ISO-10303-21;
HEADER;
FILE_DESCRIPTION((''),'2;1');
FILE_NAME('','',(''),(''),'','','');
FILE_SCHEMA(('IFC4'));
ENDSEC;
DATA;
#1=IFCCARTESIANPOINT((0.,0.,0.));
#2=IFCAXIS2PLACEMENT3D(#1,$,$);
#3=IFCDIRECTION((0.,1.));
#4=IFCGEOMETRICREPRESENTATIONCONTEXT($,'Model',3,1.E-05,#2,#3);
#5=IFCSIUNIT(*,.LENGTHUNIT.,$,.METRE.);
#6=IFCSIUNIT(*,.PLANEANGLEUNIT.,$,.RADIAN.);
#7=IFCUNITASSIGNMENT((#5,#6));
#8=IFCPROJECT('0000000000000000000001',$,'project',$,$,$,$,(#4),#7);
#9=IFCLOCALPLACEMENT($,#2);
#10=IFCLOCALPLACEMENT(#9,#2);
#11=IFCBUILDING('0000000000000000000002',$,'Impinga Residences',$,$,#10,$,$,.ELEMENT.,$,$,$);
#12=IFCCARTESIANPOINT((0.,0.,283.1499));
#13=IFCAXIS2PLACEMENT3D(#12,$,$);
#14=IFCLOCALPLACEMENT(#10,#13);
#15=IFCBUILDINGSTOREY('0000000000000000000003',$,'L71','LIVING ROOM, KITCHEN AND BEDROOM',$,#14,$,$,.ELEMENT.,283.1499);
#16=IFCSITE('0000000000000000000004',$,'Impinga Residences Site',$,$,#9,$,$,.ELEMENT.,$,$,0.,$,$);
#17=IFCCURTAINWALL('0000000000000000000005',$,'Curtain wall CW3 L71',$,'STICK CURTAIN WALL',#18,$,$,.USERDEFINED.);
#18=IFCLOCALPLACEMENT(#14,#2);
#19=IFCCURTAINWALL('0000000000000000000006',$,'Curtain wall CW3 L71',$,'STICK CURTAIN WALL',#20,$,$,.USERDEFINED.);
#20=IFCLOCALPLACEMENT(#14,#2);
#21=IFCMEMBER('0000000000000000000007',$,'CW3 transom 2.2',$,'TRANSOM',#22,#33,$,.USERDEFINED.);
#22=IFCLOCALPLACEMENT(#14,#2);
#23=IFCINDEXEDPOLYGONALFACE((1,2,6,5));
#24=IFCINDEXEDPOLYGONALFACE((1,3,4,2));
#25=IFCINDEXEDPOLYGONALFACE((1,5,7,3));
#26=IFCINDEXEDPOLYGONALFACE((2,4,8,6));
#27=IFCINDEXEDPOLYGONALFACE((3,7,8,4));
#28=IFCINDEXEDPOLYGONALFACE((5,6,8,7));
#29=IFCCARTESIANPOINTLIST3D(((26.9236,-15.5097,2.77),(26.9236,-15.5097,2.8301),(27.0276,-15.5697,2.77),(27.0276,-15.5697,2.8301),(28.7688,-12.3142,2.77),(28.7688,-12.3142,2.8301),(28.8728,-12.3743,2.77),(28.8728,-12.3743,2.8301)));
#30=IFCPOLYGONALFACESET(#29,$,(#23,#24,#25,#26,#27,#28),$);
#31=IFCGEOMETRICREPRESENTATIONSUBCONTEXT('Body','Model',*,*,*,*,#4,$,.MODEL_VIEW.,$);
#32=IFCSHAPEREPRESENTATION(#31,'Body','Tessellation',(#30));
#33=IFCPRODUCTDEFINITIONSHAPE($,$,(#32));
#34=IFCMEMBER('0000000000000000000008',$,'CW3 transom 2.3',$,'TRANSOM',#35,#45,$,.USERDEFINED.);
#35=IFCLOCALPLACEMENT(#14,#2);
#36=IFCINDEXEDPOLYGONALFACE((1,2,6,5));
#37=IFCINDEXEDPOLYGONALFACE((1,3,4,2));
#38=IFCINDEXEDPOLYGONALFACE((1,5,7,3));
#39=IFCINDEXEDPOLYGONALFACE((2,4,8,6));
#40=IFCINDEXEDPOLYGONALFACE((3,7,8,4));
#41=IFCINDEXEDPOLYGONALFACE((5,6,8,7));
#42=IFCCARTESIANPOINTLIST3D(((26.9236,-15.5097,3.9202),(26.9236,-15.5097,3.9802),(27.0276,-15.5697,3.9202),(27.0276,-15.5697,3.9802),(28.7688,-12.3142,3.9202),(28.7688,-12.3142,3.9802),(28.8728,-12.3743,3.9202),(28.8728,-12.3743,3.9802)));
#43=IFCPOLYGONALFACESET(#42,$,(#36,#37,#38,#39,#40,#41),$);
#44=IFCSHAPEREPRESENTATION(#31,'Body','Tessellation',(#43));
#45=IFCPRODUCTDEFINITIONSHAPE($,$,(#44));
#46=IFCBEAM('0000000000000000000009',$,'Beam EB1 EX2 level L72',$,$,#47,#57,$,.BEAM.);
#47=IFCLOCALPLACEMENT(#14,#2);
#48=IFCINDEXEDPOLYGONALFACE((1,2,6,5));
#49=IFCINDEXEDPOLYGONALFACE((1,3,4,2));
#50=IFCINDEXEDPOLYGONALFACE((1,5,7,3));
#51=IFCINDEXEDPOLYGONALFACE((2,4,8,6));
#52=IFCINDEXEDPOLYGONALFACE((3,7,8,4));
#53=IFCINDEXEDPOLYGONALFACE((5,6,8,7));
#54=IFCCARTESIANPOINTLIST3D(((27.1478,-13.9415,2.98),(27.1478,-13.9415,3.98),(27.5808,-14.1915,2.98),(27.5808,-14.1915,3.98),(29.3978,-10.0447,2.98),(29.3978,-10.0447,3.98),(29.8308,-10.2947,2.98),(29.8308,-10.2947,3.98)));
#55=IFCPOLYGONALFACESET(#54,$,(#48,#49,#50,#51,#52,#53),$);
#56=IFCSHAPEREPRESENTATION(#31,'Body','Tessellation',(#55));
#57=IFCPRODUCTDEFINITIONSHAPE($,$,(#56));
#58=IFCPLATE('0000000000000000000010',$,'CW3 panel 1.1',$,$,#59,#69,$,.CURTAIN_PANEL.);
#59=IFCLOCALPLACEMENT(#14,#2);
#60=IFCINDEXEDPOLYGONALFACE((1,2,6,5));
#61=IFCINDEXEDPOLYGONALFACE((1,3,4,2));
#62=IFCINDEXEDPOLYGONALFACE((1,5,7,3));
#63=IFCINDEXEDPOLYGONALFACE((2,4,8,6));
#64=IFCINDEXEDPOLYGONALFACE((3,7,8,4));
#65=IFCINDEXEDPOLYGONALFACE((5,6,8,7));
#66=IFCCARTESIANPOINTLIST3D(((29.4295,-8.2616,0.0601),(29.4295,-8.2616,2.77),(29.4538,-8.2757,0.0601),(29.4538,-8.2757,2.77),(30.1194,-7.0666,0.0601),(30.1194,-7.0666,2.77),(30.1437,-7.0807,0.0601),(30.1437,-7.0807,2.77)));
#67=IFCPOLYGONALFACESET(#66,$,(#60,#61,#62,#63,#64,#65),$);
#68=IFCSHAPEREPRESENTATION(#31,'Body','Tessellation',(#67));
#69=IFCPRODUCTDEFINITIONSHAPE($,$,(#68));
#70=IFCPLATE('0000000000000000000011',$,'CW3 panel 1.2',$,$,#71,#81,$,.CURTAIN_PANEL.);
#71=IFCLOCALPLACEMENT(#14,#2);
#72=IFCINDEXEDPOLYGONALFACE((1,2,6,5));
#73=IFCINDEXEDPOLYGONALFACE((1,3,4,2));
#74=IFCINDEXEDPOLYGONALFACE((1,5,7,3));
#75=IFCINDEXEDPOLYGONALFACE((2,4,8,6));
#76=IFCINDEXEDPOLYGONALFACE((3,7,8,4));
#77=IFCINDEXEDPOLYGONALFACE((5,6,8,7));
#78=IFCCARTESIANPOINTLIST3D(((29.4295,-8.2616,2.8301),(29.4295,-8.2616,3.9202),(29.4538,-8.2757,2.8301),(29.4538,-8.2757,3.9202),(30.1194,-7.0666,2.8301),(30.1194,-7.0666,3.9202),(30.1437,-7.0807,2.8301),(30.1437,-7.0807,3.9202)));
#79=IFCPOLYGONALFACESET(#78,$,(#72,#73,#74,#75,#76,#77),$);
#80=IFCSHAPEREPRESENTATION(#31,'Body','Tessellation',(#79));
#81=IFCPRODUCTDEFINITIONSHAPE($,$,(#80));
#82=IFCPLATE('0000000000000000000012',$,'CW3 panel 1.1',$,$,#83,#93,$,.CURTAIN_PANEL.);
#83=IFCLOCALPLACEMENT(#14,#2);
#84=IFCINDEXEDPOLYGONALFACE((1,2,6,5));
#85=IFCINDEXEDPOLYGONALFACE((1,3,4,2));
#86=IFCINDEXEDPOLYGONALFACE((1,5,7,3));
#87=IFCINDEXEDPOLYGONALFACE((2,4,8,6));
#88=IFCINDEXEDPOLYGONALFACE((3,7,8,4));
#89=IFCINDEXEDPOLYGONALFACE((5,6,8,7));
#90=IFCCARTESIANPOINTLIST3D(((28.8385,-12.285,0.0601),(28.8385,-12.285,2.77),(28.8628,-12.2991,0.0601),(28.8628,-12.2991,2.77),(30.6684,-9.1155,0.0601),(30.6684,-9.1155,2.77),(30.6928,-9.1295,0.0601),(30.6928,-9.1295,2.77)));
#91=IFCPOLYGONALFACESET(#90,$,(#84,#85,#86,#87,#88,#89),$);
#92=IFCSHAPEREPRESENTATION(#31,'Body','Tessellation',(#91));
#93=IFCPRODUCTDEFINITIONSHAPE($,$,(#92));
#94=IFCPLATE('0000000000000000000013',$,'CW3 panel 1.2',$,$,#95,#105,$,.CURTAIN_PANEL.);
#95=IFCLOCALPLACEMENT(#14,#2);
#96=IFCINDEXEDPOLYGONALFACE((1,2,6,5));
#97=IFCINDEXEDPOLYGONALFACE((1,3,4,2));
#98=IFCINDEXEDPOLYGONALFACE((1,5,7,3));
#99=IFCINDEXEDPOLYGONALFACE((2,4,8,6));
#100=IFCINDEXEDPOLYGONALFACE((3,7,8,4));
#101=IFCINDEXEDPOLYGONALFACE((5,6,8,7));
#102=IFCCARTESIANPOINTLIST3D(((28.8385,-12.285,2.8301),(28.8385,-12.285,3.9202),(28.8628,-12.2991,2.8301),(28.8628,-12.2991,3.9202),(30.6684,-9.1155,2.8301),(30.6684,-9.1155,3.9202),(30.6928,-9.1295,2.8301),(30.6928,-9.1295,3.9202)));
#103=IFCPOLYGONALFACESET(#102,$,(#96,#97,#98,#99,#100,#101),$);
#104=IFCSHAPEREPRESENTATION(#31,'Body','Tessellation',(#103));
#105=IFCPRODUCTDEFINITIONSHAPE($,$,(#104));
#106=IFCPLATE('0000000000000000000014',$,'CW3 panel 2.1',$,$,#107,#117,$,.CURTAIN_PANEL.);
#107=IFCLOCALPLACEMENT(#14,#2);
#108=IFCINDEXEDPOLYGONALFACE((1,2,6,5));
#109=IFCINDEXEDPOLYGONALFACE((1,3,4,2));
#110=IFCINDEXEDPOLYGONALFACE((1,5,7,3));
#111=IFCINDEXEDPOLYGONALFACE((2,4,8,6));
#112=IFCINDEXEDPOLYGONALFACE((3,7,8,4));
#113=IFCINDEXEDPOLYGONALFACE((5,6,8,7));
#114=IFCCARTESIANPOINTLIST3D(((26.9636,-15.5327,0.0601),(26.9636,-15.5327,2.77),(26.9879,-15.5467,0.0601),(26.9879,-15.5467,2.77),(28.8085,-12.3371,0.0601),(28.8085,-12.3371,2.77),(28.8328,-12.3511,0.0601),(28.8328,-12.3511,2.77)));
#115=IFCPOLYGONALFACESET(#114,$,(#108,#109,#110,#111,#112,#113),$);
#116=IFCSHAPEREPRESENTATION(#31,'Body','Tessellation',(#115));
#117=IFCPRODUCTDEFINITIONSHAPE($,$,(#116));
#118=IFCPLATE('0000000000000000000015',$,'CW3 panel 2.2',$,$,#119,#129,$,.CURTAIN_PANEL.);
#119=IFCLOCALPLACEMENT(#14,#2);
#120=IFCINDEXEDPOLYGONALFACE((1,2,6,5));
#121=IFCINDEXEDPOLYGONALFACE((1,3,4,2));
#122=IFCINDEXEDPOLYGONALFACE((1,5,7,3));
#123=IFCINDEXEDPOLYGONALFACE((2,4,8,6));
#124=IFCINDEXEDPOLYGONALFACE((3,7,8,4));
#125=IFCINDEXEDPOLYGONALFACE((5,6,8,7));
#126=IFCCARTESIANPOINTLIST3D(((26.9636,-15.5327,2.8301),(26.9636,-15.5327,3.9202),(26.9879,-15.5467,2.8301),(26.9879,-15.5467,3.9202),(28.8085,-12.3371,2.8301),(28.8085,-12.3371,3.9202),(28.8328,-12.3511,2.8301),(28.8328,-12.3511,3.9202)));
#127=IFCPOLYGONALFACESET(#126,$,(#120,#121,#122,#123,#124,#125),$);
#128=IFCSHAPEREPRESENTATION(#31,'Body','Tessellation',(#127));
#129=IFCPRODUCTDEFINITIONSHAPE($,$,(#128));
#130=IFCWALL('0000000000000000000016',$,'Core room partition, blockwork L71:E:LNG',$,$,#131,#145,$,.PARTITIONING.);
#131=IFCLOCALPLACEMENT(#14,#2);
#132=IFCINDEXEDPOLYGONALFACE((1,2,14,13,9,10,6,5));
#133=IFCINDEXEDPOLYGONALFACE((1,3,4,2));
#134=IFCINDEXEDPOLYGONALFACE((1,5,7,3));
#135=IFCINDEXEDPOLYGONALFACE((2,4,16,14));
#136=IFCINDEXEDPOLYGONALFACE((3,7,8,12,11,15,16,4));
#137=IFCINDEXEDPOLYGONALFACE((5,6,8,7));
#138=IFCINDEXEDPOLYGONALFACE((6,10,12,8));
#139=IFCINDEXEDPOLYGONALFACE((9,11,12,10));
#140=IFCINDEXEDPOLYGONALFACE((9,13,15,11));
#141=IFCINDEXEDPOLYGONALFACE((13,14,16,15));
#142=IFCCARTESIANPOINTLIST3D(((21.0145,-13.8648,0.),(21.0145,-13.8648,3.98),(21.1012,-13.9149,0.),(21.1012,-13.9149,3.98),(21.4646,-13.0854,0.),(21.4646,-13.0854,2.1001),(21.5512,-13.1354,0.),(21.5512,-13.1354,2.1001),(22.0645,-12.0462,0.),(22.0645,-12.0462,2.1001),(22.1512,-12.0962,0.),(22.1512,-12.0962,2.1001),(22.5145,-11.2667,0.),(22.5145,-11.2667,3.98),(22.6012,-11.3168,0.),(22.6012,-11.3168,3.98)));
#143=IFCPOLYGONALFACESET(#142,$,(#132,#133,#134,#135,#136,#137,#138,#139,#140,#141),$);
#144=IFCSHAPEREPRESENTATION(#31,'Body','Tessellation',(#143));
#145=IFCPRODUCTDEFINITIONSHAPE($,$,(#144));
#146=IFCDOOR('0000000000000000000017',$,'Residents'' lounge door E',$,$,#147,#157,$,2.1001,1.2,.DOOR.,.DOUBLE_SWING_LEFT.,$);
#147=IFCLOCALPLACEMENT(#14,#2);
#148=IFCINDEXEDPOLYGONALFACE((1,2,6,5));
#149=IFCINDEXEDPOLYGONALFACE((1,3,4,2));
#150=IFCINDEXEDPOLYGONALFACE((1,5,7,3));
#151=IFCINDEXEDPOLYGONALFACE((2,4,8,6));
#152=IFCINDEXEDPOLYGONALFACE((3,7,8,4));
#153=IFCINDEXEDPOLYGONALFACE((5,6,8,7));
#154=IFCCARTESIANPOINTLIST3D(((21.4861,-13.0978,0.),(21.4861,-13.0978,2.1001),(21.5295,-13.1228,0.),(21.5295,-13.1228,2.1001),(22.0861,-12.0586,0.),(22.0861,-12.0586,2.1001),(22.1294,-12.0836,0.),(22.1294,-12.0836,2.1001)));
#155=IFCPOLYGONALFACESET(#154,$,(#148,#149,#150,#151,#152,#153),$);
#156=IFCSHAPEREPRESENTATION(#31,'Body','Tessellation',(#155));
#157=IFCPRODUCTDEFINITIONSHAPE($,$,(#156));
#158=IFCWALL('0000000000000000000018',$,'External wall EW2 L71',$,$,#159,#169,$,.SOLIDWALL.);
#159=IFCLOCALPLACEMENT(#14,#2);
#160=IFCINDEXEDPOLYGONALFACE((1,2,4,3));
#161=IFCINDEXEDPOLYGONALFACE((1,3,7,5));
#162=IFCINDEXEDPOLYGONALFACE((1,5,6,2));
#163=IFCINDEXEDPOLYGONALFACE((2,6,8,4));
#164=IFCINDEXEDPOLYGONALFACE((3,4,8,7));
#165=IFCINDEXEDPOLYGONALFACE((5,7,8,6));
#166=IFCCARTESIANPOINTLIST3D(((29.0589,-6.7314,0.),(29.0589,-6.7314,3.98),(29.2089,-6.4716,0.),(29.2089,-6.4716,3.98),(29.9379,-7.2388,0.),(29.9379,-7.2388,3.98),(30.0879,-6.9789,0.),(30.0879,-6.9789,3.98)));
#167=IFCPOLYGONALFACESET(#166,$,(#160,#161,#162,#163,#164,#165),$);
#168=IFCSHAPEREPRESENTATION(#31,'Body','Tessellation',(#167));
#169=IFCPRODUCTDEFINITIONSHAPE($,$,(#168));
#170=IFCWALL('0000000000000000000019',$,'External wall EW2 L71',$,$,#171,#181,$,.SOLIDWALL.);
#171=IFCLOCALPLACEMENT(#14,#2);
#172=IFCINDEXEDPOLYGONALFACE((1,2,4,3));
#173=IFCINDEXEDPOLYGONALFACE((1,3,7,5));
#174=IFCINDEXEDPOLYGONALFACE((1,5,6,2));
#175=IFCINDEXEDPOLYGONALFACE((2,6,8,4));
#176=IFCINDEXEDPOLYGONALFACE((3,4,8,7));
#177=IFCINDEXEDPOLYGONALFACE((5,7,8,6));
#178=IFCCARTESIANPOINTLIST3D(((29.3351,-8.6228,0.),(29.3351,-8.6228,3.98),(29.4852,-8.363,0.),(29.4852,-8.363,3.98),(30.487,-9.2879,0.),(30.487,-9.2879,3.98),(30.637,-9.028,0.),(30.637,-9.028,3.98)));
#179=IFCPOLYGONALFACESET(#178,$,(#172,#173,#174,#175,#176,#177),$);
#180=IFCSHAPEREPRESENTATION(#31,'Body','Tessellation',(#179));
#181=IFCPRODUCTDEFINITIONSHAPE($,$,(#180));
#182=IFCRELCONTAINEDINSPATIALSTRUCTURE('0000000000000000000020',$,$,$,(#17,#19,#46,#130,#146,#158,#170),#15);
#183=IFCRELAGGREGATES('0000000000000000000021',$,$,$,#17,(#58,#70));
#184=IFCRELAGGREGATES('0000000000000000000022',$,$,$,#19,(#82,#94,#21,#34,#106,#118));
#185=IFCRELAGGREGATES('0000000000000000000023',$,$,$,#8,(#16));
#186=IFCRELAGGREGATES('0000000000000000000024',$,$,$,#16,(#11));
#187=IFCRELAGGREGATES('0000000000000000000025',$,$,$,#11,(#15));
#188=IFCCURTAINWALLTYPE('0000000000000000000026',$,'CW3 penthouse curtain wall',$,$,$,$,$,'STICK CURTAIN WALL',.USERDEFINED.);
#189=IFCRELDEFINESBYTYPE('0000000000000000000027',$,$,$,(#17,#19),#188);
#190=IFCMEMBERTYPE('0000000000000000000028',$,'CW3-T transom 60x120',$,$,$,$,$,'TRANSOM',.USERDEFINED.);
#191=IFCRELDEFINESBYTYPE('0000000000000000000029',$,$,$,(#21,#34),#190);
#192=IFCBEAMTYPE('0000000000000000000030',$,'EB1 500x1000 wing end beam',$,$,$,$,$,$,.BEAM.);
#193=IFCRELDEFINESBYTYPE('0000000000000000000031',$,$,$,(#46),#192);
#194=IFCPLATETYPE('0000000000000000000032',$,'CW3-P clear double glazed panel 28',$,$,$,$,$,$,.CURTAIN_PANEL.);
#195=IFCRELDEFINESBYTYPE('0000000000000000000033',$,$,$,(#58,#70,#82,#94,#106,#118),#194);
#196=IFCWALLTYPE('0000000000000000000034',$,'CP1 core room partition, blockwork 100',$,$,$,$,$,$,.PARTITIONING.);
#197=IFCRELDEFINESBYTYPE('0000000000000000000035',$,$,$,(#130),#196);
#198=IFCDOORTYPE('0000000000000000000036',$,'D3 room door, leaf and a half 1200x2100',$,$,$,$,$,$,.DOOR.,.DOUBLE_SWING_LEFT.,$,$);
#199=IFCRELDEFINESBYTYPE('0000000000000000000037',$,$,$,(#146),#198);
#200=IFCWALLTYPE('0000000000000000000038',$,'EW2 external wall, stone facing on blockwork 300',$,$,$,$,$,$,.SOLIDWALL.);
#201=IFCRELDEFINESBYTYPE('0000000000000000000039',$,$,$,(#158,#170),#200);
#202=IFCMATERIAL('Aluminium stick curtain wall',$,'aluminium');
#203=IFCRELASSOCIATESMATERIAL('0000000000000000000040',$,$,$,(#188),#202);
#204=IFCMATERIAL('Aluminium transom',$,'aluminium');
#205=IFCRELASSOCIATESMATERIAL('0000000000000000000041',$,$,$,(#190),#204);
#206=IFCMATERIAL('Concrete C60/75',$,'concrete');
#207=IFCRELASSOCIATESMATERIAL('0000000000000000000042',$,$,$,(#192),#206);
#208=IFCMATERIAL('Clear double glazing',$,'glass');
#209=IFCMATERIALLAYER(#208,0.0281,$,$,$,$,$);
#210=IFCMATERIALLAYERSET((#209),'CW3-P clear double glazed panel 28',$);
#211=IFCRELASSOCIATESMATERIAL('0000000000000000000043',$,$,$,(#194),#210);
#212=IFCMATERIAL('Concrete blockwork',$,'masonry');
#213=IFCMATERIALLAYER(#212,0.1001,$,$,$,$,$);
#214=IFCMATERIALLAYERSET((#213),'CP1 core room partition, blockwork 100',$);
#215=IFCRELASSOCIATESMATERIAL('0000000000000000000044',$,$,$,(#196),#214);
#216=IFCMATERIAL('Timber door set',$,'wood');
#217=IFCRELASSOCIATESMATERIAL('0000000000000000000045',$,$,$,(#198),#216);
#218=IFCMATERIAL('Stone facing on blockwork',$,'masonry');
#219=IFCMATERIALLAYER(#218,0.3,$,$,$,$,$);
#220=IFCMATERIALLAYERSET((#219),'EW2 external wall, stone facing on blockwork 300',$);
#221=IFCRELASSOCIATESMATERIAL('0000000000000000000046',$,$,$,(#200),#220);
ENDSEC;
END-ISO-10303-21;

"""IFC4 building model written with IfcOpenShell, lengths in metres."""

from ifc_helpers import new_model, si_unit, direction, frame, frame_2d, origin, origin_2d, place, context, subcontext, project, spatial, rectangle, extrude, material, layer, layer_set, material_profile, profile_set, type_object, element, fill, aggregate, save


model = new_model("IFC4")

# Units and contexts
model_context = context("Model", 3, precision=1e-05, world=origin(), true_north=direction((0.0, 1.0)))
body_context = subcontext(model_context, "Body", "Model", "MODEL_VIEW")
ifc_project = project(units=[si_unit("LENGTHUNIT", "METRE"), si_unit("PLANEANGLEUNIT", "RADIAN")], contexts=[model_context])

# Site, building, storey
site_placement = place(None, origin())
site = spatial("IfcSite", under=ifc_project, at=site_placement, Name="Impinga Residences Site", CompositionType="ELEMENT", RefElevation=0.0)
building_placement = place(site_placement, origin())
building = spatial("IfcBuilding", under=site, at=building_placement, Name="Impinga Residences", CompositionType="ELEMENT")
storey_placement = place(building_placement, frame((0.0, 0.0, 283.1499)))
storey = spatial("IfcBuildingStorey", under=building, at=storey_placement, Name="L71", Description="LIVING ROOM, KITCHEN AND BEDROOM", CompositionType="ELEMENT", Elevation=283.1499)

# Shared definitions
ifc_material_1 = material(Name="Concrete C60/75", Category="concrete")

# Curtain walls
ifc_material_2 = material(Name="Aluminium stick curtain wall", Category="aluminium")
curtain_wall_type = type_object("IfcCurtainWallType", Name="CW3 penthouse curtain wall", ElementType="STICK CURTAIN WALL", PredefinedType="USERDEFINED", material=ifc_material_2)
curtain_wall_1_placement = place(storey_placement, origin())
curtain_wall_1 = element("IfcCurtainWall", 1, at=curtain_wall_1_placement, inside=storey, type_object=curtain_wall_type, Name="Curtain wall CW3 L71", ObjectType="STICK CURTAIN WALL", PredefinedType="USERDEFINED")
curtain_wall_2_placement = place(storey_placement, origin())
curtain_wall_2 = element("IfcCurtainWall", 2, at=curtain_wall_2_placement, inside=storey, type_object=curtain_wall_type, Name="Curtain wall CW3 L71", ObjectType="STICK CURTAIN WALL", PredefinedType="USERDEFINED")

# Members
ifc_material_3 = material(Name="Aluminium transom", Category="aluminium")
ifc_material_profile_1 = material_profile(ifc_material_3, rectangle(XDim=0.0601, YDim=0.1201, at=origin_2d()), Name="60x120 transom")
ifc_profile_set_1 = profile_set([ifc_material_profile_1], Name="Aluminium transom")
member_type_1 = type_object("IfcMemberType", Name="CW3-T transom 60x120", ElementType="TRANSOM", PredefinedType="USERDEFINED", material=ifc_profile_set_1)
member_1_placement = place(storey_placement, frame((28.8208, -12.3442, 2.8), z_axis=(-0.500053, -0.865995, 0.0), x_axis=(0.0, 0.0, 1.0)))
member_1 = element("IfcMember", 3, at=member_1_placement, type_object=member_type_1, Name="CW3 transom 2.2", ObjectType="TRANSOM", PredefinedType="USERDEFINED", context=body_context, shape_type="SweptSolid", body=[
    extrude(rectangle(XDim=0.0601, YDim=0.1201, at=origin_2d()), origin(), (0.0, 0.0, 1.0), 3.6899),
])
member_2_placement = place(storey_placement, frame((28.8208, -12.3442, 3.9502), z_axis=(-0.500053, -0.865995, 0.0), x_axis=(0.0, 0.0, 1.0)))
member_2 = element("IfcMember", 4, at=member_2_placement, type_object=member_type_1, Name="CW3 transom 2.3", ObjectType="TRANSOM", PredefinedType="USERDEFINED", context=body_context, shape_type="SweptSolid", body=[
    extrude(rectangle(XDim=0.0601, YDim=0.1201, at=origin_2d()), origin(), (0.0, 0.0, 1.0), 3.6899),
])

# Beam
ifc_material_profile_2 = material_profile(ifc_material_1, rectangle(XDim=0.5, YDim=1.0, at=origin_2d()), Name="RC 500x1000")
ifc_profile_set_2 = profile_set([ifc_material_profile_2], Name="Concrete C60/75")
beam_type_1 = type_object("IfcBeamType", Name="EB1 500x1000 wing end beam", PredefinedType="BEAM", material=ifc_profile_set_2)
beam_1_placement = place(storey_placement, frame((29.6143, -10.1697, 3.48), z_axis=(-0.500014, -0.866018, 0.0), x_axis=(0.866018, -0.500014, 0.0)))
element("IfcBeam", 5, at=beam_1_placement, inside=storey, type_object=beam_type_1, Name="Beam EB1 EX2 level L72", PredefinedType="BEAM", context=body_context, shape_type="SweptSolid", body=[
    extrude(rectangle(XDim=0.5, YDim=1.0, at=origin_2d()), origin(), (0.0, 0.0, 1.0), 4.4998),
])

# Plates
ifc_material_4 = material(Name="Clear double glazing", Category="glass")
ifc_layer_1 = layer(ifc_material_4, 0.0281)
ifc_layer_set_1 = layer_set([ifc_layer_1], Name="CW3-P clear double glazed panel 28")
plate_type = type_object("IfcPlateType", Name="CW3-P clear double glazed panel 28", PredefinedType="CURTAIN_PANEL", material=ifc_layer_set_1)
plate_1_placement = place(storey_placement, frame((29.7866, -7.6711, 0.0601), z_axis=(0.0, 0.0, 1.0), x_axis=(-0.5, -0.866025, 0.0)))
plate_1 = element("IfcPlate", 6, at=plate_1_placement, type_object=plate_type, Name="CW3 panel 1.1", PredefinedType="CURTAIN_PANEL", context=body_context, shape_type="SweptSolid", body=[
    extrude(rectangle(XDim=1.3799, YDim=0.0281, at=origin_2d()), origin(), (0.0, 0.0, 1.0), 2.71),
])
plate_2_placement = place(storey_placement, frame((29.7866, -7.6711, 2.8301), z_axis=(0.0, 0.0, 1.0), x_axis=(-0.5, -0.866025, 0.0)))
plate_2 = element("IfcPlate", 7, at=plate_2_placement, type_object=plate_type, Name="CW3 panel 1.2", PredefinedType="CURTAIN_PANEL", context=body_context, shape_type="SweptSolid", body=[
    extrude(rectangle(XDim=1.3799, YDim=0.0281, at=origin_2d()), origin(), (0.0, 0.0, 1.0), 1.0901),
])
aggregate(curtain_wall_1, [plate_1, plate_2])
plate_3_placement = place(storey_placement, frame((29.7656, -10.7073, 0.0601), z_axis=(0.0, 0.0, 1.0), x_axis=(-0.5, -0.866025, 0.0)))
plate_3 = element("IfcPlate", 8, at=plate_3_placement, type_object=plate_type, Name="CW3 panel 1.1", PredefinedType="CURTAIN_PANEL", context=body_context, shape_type="SweptSolid", body=[
    extrude(rectangle(XDim=3.6599, YDim=0.0281, at=origin_2d()), origin(), (0.0, 0.0, 1.0), 2.71),
])
plate_4_placement = place(storey_placement, frame((29.7656, -10.7073, 2.8301), z_axis=(0.0, 0.0, 1.0), x_axis=(-0.5, -0.866025, 0.0)))
plate_4 = element("IfcPlate", 9, at=plate_4_placement, type_object=plate_type, Name="CW3 panel 1.2", PredefinedType="CURTAIN_PANEL", context=body_context, shape_type="SweptSolid", body=[
    extrude(rectangle(XDim=3.6599, YDim=0.0281, at=origin_2d()), origin(), (0.0, 0.0, 1.0), 1.0901),
])
plate_5_placement = place(storey_placement, frame((27.8982, -13.9419, 0.0601), z_axis=(0.0, 0.0, 1.0), x_axis=(-0.5, -0.866025, 0.0)))
plate_5 = element("IfcPlate", 10, at=plate_5_placement, type_object=plate_type, Name="CW3 panel 2.1", PredefinedType="CURTAIN_PANEL", context=body_context, shape_type="SweptSolid", body=[
    extrude(rectangle(XDim=3.6899, YDim=0.0281, at=origin_2d()), origin(), (0.0, 0.0, 1.0), 2.71),
])
plate_6_placement = place(storey_placement, frame((27.8982, -13.9419, 2.8301), z_axis=(0.0, 0.0, 1.0), x_axis=(-0.5, -0.866025, 0.0)))
plate_6 = element("IfcPlate", 11, at=plate_6_placement, type_object=plate_type, Name="CW3 panel 2.2", PredefinedType="CURTAIN_PANEL", context=body_context, shape_type="SweptSolid", body=[
    extrude(rectangle(XDim=3.6899, YDim=0.0281, at=origin_2d()), origin(), (0.0, 0.0, 1.0), 1.0901),
])
aggregate(curtain_wall_2, [plate_3, plate_4, member_1, member_2, plate_5, plate_6])

# Wall, opening, door
ifc_material_5 = material(Name="Concrete blockwork", Category="masonry")
ifc_layer_2 = layer(ifc_material_5, 0.1001)
ifc_layer_set_2 = layer_set([ifc_layer_2], Name="CP1 core room partition, blockwork 100")
wall_type_1 = type_object("IfcWallType", Name="CP1 core room partition, blockwork 100", PredefinedType="PARTITIONING", material=ifc_layer_set_2)
wall_1_placement = place(storey_placement, frame((22.5579, -11.2917, 0.0), z_axis=(0.0, 0.0, 1.0), x_axis=(-0.49999, -0.866031, 0.0)))
wall_1 = element("IfcWall", 12, at=wall_1_placement, inside=storey, type_object=wall_type_1, Name="Core room partition, blockwork L71:E:LNG", PredefinedType="PARTITIONING", context=body_context, shape_type="SweptSolid", body=[
    extrude(rectangle(XDim=3.0, YDim=0.1001, at=frame_2d((1.5, 0.0))), origin(), (0.0, 0.0, 1.0), 3.98),
])
opening_placement = place(wall_1_placement, frame((0.8999, 0.0, 0.0)))
opening = element("IfcOpeningElement", 13, at=opening_placement, cuts=wall_1, PredefinedType="OPENING", context=body_context, shape_type="SweptSolid", body=[
    extrude(rectangle(XDim=1.2, YDim=2.1001, at=frame_2d((0.6001, 1.05))), frame((0.0, 0.0601, 0.0), z_axis=(0.0, -1.0, 0.0), x_axis=(1.0, 0.0, 0.0)), (0.0, 0.0, 1.0), 0.1201),
])
ifc_material_6 = material(Name="Timber door set", Category="wood")
door_type = type_object("IfcDoorType", Name="D3 room door, leaf and a half 1200x2100", OperationType="DOUBLE_SWING_LEFT", PredefinedType="DOOR", material=ifc_material_6)
door_placement = place(opening_placement, origin())
door = element("IfcDoor", 14, at=door_placement, inside=storey, type_object=door_type, Name="Residents' lounge door E", OperationType="DOUBLE_SWING_LEFT", OverallHeight=2.1001, OverallWidth=1.2, PredefinedType="DOOR", context=body_context, shape_type="SweptSolid", body=[
    extrude(rectangle(XDim=1.2, YDim=2.1001, at=frame_2d((0.6001, 1.05))), frame((0.0, 0.0249, 0.0), z_axis=(0.0, -1.0, 0.0), x_axis=(1.0, 0.0, 0.0)), (0.0, 0.0, 1.0), 0.05),
])
fill(opening, door)

# Walls
ifc_material_7 = material(Name="Stone facing on blockwork", Category="masonry")
ifc_layer_3 = layer(ifc_material_7, 0.3)
ifc_layer_set_3 = layer_set([ifc_layer_3], Name="EW2 external wall, stone facing on blockwork 300")
wall_type_2 = type_object("IfcWallType", Name="EW2 external wall, stone facing on blockwork 300", PredefinedType="SOLIDWALL", material=ifc_layer_set_3)
wall_2_placement = place(storey_placement, frame((29.134, -6.6016, 0.0), z_axis=(0.0, 0.0, 1.0), x_axis=(0.866073, -0.499917, 0.0)))
element("IfcWall", 15, at=wall_2_placement, inside=storey, type_object=wall_type_2, Name="External wall EW2 L71", PredefinedType="SOLIDWALL", context=body_context, shape_type="SweptSolid", body=[
    extrude(rectangle(XDim=1.0149, YDim=0.3, at=frame_2d((0.5073, 0.0))), origin(), (0.0, 0.0, 1.0), 3.98),
])
wall_3_placement = place(storey_placement, frame((29.4102, -8.4929, 0.0), z_axis=(0.0, 0.0, 1.0), x_axis=(0.866021, -0.500008, 0.0)))
element("IfcWall", 16, at=wall_3_placement, inside=storey, type_object=wall_type_2, Name="External wall EW2 L71", PredefinedType="SOLIDWALL", context=body_context, shape_type="SweptSolid", body=[
    extrude(rectangle(XDim=1.3301, YDim=0.3, at=frame_2d((0.665, 0.0))), origin(), (0.0, 0.0, 1.0), 3.98),
])

save(model, "model.ifc")
